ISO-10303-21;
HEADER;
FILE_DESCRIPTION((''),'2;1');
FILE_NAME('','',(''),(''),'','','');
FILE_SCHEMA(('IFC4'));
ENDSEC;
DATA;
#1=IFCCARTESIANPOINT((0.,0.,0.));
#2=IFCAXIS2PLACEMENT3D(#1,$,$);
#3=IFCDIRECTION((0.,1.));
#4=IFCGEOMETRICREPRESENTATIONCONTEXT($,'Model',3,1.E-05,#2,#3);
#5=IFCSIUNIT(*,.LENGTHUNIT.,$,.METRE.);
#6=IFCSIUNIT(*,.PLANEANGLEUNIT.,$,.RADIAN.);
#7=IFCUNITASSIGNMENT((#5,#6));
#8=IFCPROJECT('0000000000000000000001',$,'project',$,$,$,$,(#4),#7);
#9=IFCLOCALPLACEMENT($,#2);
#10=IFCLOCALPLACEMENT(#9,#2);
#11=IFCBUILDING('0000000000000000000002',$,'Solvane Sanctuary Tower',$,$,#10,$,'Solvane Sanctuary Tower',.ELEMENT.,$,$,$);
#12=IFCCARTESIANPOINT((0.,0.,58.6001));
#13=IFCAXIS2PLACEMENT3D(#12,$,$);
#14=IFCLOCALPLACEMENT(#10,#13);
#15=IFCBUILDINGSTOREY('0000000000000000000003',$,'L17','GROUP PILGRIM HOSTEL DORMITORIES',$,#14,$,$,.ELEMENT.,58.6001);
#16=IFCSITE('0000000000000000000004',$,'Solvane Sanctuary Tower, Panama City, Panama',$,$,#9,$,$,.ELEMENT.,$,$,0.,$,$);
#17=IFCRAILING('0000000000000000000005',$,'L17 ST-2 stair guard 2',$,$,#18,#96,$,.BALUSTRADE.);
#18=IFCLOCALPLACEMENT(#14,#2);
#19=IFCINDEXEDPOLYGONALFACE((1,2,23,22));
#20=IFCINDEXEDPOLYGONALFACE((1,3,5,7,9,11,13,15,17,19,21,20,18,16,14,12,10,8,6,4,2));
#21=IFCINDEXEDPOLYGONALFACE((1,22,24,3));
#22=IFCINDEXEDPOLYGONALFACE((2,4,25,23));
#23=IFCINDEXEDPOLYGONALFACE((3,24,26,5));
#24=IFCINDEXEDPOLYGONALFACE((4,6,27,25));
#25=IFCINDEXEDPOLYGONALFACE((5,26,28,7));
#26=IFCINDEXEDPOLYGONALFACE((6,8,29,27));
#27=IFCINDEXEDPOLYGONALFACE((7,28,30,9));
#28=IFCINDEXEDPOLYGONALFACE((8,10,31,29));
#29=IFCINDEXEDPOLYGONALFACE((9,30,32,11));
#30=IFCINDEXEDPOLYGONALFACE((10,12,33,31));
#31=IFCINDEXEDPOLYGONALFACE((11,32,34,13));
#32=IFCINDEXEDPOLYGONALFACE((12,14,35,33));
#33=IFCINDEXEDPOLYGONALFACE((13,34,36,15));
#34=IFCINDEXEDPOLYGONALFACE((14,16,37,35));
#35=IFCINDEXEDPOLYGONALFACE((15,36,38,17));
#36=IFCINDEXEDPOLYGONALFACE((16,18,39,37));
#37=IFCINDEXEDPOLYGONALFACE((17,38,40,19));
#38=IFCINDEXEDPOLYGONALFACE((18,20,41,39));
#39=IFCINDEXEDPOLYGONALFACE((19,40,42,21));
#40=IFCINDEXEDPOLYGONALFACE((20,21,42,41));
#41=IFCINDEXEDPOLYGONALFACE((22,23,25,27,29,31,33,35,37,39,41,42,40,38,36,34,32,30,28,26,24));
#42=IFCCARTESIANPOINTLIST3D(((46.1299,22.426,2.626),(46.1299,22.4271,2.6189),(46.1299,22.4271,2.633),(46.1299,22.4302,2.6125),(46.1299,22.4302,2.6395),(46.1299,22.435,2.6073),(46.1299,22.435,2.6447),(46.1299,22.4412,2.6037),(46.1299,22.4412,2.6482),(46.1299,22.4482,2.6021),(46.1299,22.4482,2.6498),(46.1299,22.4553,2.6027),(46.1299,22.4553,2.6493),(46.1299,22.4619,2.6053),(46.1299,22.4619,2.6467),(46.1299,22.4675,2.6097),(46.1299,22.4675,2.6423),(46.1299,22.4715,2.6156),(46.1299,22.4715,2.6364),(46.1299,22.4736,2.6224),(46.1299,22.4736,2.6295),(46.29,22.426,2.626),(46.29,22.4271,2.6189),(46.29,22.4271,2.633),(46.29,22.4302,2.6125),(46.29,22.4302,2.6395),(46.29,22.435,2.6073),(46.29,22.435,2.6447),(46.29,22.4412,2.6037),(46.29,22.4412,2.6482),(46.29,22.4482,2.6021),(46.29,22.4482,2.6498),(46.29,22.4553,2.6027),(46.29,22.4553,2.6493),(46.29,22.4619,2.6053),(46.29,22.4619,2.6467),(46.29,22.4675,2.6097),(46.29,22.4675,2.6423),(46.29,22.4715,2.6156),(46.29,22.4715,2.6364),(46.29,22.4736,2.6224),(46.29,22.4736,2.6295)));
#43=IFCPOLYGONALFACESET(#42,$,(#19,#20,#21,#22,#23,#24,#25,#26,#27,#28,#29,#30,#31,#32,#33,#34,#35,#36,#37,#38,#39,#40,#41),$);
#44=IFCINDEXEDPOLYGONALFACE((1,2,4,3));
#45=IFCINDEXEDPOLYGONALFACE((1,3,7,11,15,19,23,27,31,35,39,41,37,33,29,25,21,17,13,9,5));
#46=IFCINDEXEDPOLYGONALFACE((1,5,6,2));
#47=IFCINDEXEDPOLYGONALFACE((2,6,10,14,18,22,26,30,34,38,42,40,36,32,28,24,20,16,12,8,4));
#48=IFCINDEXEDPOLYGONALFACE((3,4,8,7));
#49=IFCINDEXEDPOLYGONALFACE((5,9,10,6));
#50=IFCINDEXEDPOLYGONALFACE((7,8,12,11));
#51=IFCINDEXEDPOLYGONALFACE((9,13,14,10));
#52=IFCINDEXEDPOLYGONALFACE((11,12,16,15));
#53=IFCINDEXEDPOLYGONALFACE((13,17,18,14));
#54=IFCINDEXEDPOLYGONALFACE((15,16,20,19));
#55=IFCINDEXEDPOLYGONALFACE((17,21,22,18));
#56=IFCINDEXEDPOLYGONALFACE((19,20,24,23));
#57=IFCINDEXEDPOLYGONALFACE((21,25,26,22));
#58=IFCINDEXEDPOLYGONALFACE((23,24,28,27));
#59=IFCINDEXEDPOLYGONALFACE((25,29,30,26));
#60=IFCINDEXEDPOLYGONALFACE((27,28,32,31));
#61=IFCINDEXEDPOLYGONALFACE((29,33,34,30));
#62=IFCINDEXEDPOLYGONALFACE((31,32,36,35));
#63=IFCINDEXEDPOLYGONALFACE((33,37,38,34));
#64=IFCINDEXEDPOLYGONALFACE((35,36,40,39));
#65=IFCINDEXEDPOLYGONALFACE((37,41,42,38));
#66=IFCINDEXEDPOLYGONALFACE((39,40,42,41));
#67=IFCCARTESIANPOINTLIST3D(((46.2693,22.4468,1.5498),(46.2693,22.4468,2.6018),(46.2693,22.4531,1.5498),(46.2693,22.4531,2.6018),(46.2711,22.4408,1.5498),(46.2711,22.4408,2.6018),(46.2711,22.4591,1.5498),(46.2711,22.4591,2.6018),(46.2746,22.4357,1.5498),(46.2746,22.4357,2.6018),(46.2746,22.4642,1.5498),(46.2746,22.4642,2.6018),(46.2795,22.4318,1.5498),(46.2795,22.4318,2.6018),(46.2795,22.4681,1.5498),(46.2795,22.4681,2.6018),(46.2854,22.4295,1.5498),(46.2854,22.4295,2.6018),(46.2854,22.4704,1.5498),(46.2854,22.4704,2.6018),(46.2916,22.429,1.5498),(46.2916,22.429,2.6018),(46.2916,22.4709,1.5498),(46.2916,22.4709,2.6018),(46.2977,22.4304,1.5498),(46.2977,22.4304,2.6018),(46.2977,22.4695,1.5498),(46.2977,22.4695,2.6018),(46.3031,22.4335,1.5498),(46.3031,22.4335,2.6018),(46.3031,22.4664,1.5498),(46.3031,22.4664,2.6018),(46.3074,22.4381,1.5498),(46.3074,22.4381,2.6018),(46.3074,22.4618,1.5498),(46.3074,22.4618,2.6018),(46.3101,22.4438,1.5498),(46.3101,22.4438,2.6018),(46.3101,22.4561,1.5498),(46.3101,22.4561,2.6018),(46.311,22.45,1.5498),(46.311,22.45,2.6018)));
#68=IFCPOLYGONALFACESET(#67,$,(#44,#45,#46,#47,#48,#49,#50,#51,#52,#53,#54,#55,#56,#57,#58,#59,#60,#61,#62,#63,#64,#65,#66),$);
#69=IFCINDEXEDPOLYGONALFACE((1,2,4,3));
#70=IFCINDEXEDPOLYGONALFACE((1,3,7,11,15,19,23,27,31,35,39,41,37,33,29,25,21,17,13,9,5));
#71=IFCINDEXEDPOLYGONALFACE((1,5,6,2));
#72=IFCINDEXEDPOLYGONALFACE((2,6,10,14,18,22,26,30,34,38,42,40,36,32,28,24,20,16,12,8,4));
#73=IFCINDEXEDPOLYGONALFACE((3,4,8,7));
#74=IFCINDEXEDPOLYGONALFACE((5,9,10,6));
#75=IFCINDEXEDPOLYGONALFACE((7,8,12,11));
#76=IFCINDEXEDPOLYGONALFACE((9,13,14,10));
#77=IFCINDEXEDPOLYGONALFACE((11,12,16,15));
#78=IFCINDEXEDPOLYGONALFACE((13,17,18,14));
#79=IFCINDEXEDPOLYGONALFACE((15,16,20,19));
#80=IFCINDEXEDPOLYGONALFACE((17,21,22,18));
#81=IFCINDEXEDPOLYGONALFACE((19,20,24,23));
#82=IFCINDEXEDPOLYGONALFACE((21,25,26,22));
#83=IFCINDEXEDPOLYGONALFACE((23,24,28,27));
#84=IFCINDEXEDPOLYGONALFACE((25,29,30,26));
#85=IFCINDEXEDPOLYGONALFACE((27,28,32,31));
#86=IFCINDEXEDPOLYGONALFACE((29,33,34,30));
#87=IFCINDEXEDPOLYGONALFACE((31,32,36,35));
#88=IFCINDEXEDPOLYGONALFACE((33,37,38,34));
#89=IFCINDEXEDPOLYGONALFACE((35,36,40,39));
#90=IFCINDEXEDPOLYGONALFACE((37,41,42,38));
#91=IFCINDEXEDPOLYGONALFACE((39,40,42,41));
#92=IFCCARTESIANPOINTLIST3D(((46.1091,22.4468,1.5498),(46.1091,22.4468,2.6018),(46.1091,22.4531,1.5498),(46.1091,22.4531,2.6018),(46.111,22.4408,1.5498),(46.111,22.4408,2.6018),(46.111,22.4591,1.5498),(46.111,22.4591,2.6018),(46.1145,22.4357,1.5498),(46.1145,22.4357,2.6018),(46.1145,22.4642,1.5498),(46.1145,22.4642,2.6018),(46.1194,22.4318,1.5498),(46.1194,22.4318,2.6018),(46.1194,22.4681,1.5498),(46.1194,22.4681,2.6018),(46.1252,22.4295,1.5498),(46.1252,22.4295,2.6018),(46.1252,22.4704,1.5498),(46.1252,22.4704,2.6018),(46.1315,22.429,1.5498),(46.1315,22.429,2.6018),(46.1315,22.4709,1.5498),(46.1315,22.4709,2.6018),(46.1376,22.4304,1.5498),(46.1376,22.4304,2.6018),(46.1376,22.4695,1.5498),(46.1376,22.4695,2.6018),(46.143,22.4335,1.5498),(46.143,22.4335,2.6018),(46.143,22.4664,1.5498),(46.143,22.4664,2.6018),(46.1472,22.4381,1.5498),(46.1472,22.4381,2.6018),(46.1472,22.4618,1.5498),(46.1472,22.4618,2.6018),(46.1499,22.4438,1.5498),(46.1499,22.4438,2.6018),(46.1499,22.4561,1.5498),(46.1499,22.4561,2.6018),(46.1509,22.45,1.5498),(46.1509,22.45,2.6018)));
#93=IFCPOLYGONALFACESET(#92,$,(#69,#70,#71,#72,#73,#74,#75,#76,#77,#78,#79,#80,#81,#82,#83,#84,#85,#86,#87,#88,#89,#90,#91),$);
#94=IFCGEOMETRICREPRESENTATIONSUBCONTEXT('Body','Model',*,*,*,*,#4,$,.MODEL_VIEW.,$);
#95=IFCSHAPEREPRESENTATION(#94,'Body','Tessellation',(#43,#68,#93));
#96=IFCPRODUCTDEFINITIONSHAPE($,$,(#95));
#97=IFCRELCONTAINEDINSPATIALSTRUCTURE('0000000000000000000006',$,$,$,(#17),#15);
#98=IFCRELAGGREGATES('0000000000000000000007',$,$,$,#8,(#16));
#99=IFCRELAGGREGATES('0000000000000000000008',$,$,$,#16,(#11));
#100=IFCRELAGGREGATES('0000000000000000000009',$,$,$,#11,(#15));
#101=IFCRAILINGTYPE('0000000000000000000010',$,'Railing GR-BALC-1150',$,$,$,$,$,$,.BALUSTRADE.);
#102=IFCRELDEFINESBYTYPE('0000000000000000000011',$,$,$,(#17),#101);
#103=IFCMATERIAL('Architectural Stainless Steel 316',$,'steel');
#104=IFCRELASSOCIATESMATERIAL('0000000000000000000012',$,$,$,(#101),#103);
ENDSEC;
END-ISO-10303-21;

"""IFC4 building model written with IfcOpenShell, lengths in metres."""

from ifc_helpers import new_model, si_unit, direction, frame, origin, origin_2d, place, context, subcontext, project, spatial, circle, extrude, material, type_object, element, save


model = new_model("IFC4")

# Units and contexts
model_context = context("Model", 3, precision=1e-05, world=origin(), true_north=direction((0.0, 1.0)))
body_context = subcontext(model_context, "Body", "Model", "MODEL_VIEW")
ifc_project = project(units=[si_unit("LENGTHUNIT", "METRE"), si_unit("PLANEANGLEUNIT", "RADIAN")], contexts=[model_context])

# Site, building, storey
site_placement = place(None, origin())
site = spatial("IfcSite", under=ifc_project, at=site_placement, Name="Solvane Sanctuary Tower, Panama City, Panama", CompositionType="ELEMENT", RefElevation=0.0)
building_placement = place(site_placement, origin())
building = spatial("IfcBuilding", under=site, at=building_placement, Name="Solvane Sanctuary Tower", LongName="Solvane Sanctuary Tower", CompositionType="ELEMENT")
storey_placement = place(building_placement, frame((0.0, 0.0, 58.6001)))
storey = spatial("IfcBuildingStorey", under=building, at=storey_placement, Name="L17", Description="GROUP PILGRIM HOSTEL DORMITORIES", CompositionType="ELEMENT", Elevation=58.6001)

# Shared definitions
ifc_material_1 = material(Name="Architectural Stainless Steel 316", Category="steel")

# Railing
railing_type_1 = type_object("IfcRailingType", Name="Railing GR-BALC-1150", PredefinedType="BALUSTRADE", material=ifc_material_1)
railing_1_placement = place(storey_placement, frame((46.29, 22.45, 1.5498)))
element("IfcRailing", 1, at=railing_1_placement, inside=storey, type_object=railing_type_1, Name="L17 ST-2 stair guard 2", PredefinedType="BALUSTRADE", context=body_context, shape_type="SweptSolid", body=[
    extrude(circle(Radius=0.0239, at=origin_2d()), frame((0.0, 0.0, 1.0762), z_axis=(-1.0, 0.0, 0.0), x_axis=(0.0, -1.0, 0.0)), (0.0, 0.0, 1.0), 0.1602),
    extrude(circle(Radius=0.021, at=origin_2d()), origin(), (0.0, 0.0, 1.0), 1.052),
    extrude(circle(Radius=0.021, at=origin_2d()), frame((-0.1602, 0.0, 0.0)), (0.0, 0.0, 1.0), 1.052),
])

save(model, "model.ifc")
